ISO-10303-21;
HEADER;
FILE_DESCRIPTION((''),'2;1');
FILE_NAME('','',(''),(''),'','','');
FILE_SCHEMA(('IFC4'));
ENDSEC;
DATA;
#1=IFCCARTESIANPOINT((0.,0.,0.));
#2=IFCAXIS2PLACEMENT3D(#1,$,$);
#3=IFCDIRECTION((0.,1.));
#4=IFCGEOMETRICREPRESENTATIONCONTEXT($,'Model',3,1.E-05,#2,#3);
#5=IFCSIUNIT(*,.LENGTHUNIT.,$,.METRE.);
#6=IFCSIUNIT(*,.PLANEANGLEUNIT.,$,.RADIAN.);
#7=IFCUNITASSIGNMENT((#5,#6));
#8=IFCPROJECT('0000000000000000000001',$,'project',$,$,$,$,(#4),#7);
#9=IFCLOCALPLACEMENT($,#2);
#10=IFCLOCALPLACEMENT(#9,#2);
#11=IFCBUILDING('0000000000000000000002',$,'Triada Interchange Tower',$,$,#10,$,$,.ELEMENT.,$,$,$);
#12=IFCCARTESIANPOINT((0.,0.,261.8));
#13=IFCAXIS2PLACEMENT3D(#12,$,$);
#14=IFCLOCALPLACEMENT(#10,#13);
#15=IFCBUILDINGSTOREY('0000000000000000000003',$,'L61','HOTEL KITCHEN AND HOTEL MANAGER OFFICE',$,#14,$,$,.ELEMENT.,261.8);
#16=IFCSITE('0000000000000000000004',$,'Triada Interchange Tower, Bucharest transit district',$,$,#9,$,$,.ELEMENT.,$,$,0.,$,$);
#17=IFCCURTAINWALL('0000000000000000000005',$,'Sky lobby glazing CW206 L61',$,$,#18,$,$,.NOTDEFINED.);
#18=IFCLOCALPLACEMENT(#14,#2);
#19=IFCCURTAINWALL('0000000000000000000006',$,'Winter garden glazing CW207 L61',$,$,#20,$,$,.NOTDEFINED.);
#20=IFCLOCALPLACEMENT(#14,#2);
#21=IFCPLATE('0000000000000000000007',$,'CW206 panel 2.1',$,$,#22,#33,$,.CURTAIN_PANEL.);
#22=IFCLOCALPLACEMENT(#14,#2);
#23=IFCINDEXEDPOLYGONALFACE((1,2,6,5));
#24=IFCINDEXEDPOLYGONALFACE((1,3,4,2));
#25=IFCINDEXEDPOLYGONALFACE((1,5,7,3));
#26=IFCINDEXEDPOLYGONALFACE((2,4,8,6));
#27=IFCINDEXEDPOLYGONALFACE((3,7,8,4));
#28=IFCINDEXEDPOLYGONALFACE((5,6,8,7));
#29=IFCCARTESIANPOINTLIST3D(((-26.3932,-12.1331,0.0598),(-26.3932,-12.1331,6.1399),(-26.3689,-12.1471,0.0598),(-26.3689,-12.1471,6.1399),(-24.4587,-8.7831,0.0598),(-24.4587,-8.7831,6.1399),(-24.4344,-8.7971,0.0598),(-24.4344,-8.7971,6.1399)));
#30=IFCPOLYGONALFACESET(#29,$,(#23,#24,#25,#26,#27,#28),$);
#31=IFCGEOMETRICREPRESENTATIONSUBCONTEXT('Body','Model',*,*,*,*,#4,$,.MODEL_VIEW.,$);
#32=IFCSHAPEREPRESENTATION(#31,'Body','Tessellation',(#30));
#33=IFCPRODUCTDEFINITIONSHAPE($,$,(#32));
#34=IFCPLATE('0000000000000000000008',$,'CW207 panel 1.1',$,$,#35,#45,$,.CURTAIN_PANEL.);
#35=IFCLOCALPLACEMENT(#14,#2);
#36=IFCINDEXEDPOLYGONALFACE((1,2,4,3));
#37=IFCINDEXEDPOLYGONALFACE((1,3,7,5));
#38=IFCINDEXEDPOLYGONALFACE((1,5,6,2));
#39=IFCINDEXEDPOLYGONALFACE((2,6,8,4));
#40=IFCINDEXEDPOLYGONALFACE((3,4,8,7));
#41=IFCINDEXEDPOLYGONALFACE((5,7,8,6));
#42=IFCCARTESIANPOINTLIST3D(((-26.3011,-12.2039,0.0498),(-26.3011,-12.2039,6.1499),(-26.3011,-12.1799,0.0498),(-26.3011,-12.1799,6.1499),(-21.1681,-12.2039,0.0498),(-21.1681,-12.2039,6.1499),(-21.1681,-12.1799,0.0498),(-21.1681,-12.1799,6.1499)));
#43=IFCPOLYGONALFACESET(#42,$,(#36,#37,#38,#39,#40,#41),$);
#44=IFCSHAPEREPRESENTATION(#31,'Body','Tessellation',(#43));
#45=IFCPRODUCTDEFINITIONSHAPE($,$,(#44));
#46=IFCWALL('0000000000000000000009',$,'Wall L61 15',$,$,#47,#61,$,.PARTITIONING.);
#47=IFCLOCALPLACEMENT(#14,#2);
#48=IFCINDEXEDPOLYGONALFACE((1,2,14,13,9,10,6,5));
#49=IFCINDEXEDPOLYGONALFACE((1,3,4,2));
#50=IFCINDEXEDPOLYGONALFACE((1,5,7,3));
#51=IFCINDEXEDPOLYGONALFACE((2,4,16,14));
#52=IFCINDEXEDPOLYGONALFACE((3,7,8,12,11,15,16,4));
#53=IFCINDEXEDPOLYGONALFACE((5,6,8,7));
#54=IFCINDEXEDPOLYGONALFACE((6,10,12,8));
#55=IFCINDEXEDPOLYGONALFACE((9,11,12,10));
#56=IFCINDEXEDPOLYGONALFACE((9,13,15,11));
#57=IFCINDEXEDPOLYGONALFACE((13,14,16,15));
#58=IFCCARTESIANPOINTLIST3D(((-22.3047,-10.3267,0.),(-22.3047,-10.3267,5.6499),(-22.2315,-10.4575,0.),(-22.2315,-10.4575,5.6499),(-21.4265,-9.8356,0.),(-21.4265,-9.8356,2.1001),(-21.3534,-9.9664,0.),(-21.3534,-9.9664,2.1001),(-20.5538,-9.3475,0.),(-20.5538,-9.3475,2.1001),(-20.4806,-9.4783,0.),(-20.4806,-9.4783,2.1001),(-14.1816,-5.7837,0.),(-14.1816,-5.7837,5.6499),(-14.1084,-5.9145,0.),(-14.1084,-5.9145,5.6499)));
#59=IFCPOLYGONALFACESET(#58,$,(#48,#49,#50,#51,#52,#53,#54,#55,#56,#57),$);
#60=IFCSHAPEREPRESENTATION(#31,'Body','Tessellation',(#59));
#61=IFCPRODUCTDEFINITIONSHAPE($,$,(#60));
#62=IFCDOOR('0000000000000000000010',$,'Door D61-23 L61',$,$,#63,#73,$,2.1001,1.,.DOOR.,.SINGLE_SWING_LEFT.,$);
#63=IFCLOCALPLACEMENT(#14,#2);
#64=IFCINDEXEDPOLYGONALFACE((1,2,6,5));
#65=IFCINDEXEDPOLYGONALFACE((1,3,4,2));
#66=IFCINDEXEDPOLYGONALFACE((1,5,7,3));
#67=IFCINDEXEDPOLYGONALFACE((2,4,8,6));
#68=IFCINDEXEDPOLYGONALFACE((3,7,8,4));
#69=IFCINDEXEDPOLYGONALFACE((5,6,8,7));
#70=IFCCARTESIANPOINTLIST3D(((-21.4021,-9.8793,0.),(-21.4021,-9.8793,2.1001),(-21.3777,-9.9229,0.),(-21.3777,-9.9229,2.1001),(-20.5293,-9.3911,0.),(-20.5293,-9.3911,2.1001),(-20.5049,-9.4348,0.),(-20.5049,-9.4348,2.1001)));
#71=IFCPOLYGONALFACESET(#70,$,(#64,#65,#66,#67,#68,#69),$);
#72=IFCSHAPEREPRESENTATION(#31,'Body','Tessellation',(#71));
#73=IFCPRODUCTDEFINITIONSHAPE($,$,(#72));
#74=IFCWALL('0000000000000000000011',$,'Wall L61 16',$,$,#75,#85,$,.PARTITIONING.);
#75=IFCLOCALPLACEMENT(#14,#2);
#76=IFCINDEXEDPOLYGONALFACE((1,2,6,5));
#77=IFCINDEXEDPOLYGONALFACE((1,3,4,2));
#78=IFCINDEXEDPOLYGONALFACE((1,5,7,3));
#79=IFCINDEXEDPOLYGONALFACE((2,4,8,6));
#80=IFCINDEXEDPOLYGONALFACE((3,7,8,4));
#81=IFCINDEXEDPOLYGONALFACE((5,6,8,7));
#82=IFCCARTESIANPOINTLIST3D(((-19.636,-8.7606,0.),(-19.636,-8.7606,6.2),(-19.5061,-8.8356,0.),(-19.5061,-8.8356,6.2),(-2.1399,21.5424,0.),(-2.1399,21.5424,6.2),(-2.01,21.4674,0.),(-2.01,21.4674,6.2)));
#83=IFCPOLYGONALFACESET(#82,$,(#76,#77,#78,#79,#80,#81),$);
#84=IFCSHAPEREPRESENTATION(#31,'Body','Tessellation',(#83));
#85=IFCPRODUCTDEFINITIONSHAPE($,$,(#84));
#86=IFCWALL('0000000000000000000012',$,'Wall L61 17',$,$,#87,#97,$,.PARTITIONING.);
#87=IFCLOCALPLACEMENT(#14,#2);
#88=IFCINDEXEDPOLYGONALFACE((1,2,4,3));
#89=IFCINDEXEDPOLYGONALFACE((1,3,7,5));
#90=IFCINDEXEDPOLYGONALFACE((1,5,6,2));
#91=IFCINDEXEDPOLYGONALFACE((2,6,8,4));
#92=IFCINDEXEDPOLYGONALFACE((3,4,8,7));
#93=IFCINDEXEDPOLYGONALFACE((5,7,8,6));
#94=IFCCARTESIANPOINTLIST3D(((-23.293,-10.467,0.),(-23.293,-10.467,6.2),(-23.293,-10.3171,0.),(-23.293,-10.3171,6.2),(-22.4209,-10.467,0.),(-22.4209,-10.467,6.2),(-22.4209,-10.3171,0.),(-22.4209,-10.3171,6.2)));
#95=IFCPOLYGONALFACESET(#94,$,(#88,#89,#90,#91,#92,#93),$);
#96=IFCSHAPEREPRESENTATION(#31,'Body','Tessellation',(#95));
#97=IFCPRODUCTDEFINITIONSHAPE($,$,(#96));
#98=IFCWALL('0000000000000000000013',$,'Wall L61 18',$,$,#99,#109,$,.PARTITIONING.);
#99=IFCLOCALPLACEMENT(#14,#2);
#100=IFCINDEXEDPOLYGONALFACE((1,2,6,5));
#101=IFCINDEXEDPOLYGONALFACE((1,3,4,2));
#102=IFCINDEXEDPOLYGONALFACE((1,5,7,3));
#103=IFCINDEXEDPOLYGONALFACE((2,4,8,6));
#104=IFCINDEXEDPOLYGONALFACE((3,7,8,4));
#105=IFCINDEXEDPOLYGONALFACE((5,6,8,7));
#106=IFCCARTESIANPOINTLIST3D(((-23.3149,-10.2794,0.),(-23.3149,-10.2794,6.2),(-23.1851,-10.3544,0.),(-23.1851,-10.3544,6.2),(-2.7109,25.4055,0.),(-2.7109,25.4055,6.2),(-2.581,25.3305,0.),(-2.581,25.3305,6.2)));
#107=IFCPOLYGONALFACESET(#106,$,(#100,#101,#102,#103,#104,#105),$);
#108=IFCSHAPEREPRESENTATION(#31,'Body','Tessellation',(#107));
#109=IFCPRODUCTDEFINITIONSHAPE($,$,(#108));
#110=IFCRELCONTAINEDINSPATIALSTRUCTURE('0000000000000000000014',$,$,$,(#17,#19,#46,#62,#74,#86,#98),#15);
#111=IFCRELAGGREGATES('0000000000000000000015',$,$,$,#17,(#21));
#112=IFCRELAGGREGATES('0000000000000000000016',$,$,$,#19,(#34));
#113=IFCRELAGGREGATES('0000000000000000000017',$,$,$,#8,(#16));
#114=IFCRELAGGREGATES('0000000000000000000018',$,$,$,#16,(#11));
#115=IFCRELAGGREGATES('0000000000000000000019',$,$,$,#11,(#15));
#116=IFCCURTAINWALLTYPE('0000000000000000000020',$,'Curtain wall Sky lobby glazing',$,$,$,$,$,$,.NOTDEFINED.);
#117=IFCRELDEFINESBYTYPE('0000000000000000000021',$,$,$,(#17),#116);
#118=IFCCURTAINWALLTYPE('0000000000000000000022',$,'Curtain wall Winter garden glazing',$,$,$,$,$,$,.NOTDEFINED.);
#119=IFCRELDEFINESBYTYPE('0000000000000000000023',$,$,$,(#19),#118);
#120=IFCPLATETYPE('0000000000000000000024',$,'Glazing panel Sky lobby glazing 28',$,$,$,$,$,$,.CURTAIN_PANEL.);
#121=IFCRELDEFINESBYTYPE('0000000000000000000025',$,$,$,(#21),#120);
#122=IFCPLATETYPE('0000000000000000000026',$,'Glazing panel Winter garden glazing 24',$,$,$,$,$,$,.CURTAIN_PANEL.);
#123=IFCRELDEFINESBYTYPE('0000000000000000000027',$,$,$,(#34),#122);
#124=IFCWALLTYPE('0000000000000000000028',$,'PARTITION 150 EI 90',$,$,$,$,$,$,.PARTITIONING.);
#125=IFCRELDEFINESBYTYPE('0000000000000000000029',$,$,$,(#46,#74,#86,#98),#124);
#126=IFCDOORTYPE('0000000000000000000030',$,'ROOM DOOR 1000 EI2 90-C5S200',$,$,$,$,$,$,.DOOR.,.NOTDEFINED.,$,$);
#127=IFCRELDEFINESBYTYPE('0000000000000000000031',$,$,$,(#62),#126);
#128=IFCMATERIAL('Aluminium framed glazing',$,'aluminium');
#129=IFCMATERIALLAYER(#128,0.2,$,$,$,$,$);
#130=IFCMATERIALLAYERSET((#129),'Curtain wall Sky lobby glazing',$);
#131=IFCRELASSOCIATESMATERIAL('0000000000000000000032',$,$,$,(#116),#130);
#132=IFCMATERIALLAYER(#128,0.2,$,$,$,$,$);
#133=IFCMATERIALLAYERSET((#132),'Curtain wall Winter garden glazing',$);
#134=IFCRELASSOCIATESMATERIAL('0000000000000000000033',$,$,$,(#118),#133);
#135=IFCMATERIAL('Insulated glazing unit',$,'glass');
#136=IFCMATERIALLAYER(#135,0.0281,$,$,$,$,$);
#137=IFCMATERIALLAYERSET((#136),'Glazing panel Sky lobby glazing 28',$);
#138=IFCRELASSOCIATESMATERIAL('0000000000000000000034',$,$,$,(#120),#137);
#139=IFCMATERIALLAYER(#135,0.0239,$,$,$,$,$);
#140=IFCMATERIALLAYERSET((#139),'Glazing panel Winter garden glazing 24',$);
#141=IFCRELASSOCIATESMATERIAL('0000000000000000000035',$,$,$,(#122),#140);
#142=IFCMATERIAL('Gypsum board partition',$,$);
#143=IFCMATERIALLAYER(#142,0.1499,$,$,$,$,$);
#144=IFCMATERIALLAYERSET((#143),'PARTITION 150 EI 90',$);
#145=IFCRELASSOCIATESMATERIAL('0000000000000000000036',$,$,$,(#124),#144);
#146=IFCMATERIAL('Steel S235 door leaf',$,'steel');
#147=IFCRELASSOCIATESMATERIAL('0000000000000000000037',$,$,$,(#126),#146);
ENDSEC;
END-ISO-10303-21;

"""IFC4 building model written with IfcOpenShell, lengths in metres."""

from ifc_helpers import new_model, si_unit, direction, frame, frame_2d, origin, origin_2d, place, context, subcontext, project, spatial, rectangle, extrude, material, layer, layer_set, type_object, element, fill, aggregate, save


model = new_model("IFC4")

# Units and contexts
model_context = context("Model", 3, precision=1e-05, world=origin(), true_north=direction((0.0, 1.0)))
body_context = subcontext(model_context, "Body", "Model", "MODEL_VIEW")
ifc_project = project(units=[si_unit("LENGTHUNIT", "METRE"), si_unit("PLANEANGLEUNIT", "RADIAN")], contexts=[model_context])

# Site, building, storey
site_placement = place(None, origin())
site = spatial("IfcSite", under=ifc_project, at=site_placement, Name="Triada Interchange Tower, Bucharest transit district", CompositionType="ELEMENT", RefElevation=0.0)
building_placement = place(site_placement, origin())
building = spatial("IfcBuilding", under=site, at=building_placement, Name="Triada Interchange Tower", CompositionType="ELEMENT")
storey_placement = place(building_placement, frame((0.0, 0.0, 261.8)))
storey = spatial("IfcBuildingStorey", under=building, at=storey_placement, Name="L61", Description="HOTEL KITCHEN AND HOTEL MANAGER OFFICE", CompositionType="ELEMENT", Elevation=261.8)

# Shared definitions
ifc_material_1 = material(Name="Aluminium framed glazing", Category="aluminium")
ifc_layer_1 = layer(ifc_material_1, 0.2)
ifc_layer_set_1 = layer_set([ifc_layer_1], Name="Curtain wall Sky lobby glazing")
curtain_wall_type_1 = type_object("IfcCurtainWallType", Name="Curtain wall Sky lobby glazing", PredefinedType="NOTDEFINED", material=ifc_layer_set_1)

# Curtain walls
curtain_wall_1_placement = place(storey_placement, origin())
curtain_wall_1 = element("IfcCurtainWall", 1, at=curtain_wall_1_placement, inside=storey, type_object=curtain_wall_type_1, Name="Sky lobby glazing CW206 L61", PredefinedType="NOTDEFINED")
ifc_layer_2 = layer(ifc_material_1, 0.2)
ifc_layer_set_2 = layer_set([ifc_layer_2], Name="Curtain wall Winter garden glazing")
curtain_wall_type_2 = type_object("IfcCurtainWallType", Name="Curtain wall Winter garden glazing", PredefinedType="NOTDEFINED", material=ifc_layer_set_2)
curtain_wall_2_placement = place(storey_placement, origin())
curtain_wall_2 = element("IfcCurtainWall", 2, at=curtain_wall_2_placement, inside=storey, type_object=curtain_wall_type_2, Name="Winter garden glazing CW207 L61", PredefinedType="NOTDEFINED")

# Plates
ifc_material_2 = material(Name="Insulated glazing unit", Category="glass")
ifc_layer_3 = layer(ifc_material_2, 0.0281)
ifc_layer_set_3 = layer_set([ifc_layer_3], Name="Glazing panel Sky lobby glazing 28")
plate_type_1 = type_object("IfcPlateType", Name="Glazing panel Sky lobby glazing 28", PredefinedType="CURTAIN_PANEL", material=ifc_layer_set_3)
plate_1_placement = place(storey_placement, frame((-25.4138, -10.4651, 0.0598), z_axis=(0.0, 0.0, 1.0), x_axis=(-0.500065, -0.865988, 0.0)))
plate_1 = element("IfcPlate", 3, at=plate_1_placement, type_object=plate_type_1, Name="CW206 panel 2.1", PredefinedType="CURTAIN_PANEL", context=body_context, shape_type="SweptSolid", body=[
    extrude(rectangle(XDim=3.8684, YDim=0.0281, at=origin_2d()), origin(), (0.0, 0.0, 1.0), 6.0801),
])
aggregate(curtain_wall_1, [plate_1])
ifc_layer_4 = layer(ifc_material_2, 0.0239)
ifc_layer_set_4 = layer_set([ifc_layer_4], Name="Glazing panel Winter garden glazing 24")
plate_type_2 = type_object("IfcPlateType", Name="Glazing panel Winter garden glazing 24", PredefinedType="CURTAIN_PANEL", material=ifc_layer_set_4)
plate_2_placement = place(storey_placement, frame((-23.7346, -12.1919, 0.0498), z_axis=(0.0, 0.0, 1.0), x_axis=(1.0, 0.0, 0.0)))
plate_2 = element("IfcPlate", 4, at=plate_2_placement, type_object=plate_type_2, Name="CW207 panel 1.1", PredefinedType="CURTAIN_PANEL", context=body_context, shape_type="SweptSolid", body=[
    extrude(rectangle(XDim=5.1331, YDim=0.0239, at=origin_2d()), origin(), (0.0, 0.0, 1.0), 6.1001),
])
aggregate(curtain_wall_2, [plate_2])

# Wall, opening, door
ifc_material_3 = material(Name="Gypsum board partition")
ifc_layer_5 = layer(ifc_material_3, 0.1499)
ifc_layer_set_5 = layer_set([ifc_layer_5], Name="PARTITION 150 EI 90")
wall_type = type_object("IfcWallType", Name="PARTITION 150 EI 90", PredefinedType="PARTITIONING", material=ifc_layer_set_5)
wall_1_placement = place(storey_placement, frame((-22.2681, -10.3921, 0.0), z_axis=(0.0, 0.0, 1.0), x_axis=(0.872778, 0.488118, 0.0)))
wall_1 = element("IfcWall", 5, at=wall_1_placement, inside=storey, type_object=wall_type, Name="Wall L61 15", PredefinedType="PARTITIONING", context=body_context, shape_type="SweptSolid", body=[
    extrude(rectangle(XDim=9.3071, YDim=0.1499, at=frame_2d((4.6536, 0.0))), origin(), (0.0, 0.0, 1.0), 5.6499),
])
opening_placement = place(wall_1_placement, frame((1.0061, 0.0, 0.0)))
opening = element("IfcOpeningElement", 6, at=opening_placement, cuts=wall_1, PredefinedType="OPENING", context=body_context, shape_type="SweptSolid", body=[
    extrude(rectangle(XDim=1.0, YDim=2.1001, at=frame_2d((0.5, 1.05))), frame((0.0, 0.085, 0.0), z_axis=(0.0, -1.0, 0.0), x_axis=(1.0, 0.0, 0.0)), (0.0, 0.0, 1.0), 0.1699),
])
ifc_material_4 = material(Name="Steel S235 door leaf", Category="steel")
door_type = type_object("IfcDoorType", Name="ROOM DOOR 1000 EI2 90-C5S200", OperationType="NOTDEFINED", PredefinedType="DOOR", material=ifc_material_4)
door_placement = place(opening_placement, origin())
door = element("IfcDoor", 7, at=door_placement, inside=storey, type_object=door_type, Name="Door D61-23 L61", OperationType="SINGLE_SWING_LEFT", OverallHeight=2.1001, OverallWidth=1.0, PredefinedType="DOOR", context=body_context, shape_type="SweptSolid", body=[
    extrude(rectangle(XDim=1.0, YDim=2.1001, at=frame_2d((0.5, 1.05))), frame((0.0, 0.0249, 0.0), z_axis=(0.0, -1.0, 0.0), x_axis=(1.0, 0.0, 0.0)), (0.0, 0.0, 1.0), 0.05),
])
fill(opening, door)

# Walls
wall_2_placement = place(storey_placement, frame((-19.571, -8.7981, 0.0), z_axis=(0.0, 0.0, 1.0), x_axis=(0.500014, 0.866017, 0.0)))
element("IfcWall", 8, at=wall_2_placement, inside=storey, type_object=wall_type, Name="Wall L61 16", PredefinedType="PARTITIONING", context=body_context, shape_type="SweptSolid", body=[
    extrude(rectangle(XDim=34.9912, YDim=0.1499, at=frame_2d((17.4956, 0.0))), origin(), (0.0, 0.0, 1.0), 6.2),
])
wall_3_placement = place(storey_placement, frame((-23.293, -10.3921, 0.0), z_axis=(0.0, 0.0, 1.0), x_axis=(1.0, 0.0, 0.0)))
element("IfcWall", 9, at=wall_3_placement, inside=storey, type_object=wall_type, Name="Wall L61 17", PredefinedType="PARTITIONING", context=body_context, shape_type="SweptSolid", body=[
    extrude(rectangle(XDim=0.8721, YDim=0.1499, at=frame_2d((0.436, 0.0))), origin(), (0.0, 0.0, 1.0), 6.2),
])
wall_4_placement = place(storey_placement, frame((-23.25, -10.3169, 0.0), z_axis=(0.0, 0.0, 1.0), x_axis=(0.500025, 0.866011, 0.0)))
element("IfcWall", 10, at=wall_4_placement, inside=storey, type_object=wall_type, Name="Wall L61 18", PredefinedType="PARTITIONING", context=body_context, shape_type="SweptSolid", body=[
    extrude(rectangle(XDim=41.2061, YDim=0.1499, at=frame_2d((20.603, 0.0))), origin(), (0.0, 0.0, 1.0), 6.2),
])

save(model, "model.ifc")
